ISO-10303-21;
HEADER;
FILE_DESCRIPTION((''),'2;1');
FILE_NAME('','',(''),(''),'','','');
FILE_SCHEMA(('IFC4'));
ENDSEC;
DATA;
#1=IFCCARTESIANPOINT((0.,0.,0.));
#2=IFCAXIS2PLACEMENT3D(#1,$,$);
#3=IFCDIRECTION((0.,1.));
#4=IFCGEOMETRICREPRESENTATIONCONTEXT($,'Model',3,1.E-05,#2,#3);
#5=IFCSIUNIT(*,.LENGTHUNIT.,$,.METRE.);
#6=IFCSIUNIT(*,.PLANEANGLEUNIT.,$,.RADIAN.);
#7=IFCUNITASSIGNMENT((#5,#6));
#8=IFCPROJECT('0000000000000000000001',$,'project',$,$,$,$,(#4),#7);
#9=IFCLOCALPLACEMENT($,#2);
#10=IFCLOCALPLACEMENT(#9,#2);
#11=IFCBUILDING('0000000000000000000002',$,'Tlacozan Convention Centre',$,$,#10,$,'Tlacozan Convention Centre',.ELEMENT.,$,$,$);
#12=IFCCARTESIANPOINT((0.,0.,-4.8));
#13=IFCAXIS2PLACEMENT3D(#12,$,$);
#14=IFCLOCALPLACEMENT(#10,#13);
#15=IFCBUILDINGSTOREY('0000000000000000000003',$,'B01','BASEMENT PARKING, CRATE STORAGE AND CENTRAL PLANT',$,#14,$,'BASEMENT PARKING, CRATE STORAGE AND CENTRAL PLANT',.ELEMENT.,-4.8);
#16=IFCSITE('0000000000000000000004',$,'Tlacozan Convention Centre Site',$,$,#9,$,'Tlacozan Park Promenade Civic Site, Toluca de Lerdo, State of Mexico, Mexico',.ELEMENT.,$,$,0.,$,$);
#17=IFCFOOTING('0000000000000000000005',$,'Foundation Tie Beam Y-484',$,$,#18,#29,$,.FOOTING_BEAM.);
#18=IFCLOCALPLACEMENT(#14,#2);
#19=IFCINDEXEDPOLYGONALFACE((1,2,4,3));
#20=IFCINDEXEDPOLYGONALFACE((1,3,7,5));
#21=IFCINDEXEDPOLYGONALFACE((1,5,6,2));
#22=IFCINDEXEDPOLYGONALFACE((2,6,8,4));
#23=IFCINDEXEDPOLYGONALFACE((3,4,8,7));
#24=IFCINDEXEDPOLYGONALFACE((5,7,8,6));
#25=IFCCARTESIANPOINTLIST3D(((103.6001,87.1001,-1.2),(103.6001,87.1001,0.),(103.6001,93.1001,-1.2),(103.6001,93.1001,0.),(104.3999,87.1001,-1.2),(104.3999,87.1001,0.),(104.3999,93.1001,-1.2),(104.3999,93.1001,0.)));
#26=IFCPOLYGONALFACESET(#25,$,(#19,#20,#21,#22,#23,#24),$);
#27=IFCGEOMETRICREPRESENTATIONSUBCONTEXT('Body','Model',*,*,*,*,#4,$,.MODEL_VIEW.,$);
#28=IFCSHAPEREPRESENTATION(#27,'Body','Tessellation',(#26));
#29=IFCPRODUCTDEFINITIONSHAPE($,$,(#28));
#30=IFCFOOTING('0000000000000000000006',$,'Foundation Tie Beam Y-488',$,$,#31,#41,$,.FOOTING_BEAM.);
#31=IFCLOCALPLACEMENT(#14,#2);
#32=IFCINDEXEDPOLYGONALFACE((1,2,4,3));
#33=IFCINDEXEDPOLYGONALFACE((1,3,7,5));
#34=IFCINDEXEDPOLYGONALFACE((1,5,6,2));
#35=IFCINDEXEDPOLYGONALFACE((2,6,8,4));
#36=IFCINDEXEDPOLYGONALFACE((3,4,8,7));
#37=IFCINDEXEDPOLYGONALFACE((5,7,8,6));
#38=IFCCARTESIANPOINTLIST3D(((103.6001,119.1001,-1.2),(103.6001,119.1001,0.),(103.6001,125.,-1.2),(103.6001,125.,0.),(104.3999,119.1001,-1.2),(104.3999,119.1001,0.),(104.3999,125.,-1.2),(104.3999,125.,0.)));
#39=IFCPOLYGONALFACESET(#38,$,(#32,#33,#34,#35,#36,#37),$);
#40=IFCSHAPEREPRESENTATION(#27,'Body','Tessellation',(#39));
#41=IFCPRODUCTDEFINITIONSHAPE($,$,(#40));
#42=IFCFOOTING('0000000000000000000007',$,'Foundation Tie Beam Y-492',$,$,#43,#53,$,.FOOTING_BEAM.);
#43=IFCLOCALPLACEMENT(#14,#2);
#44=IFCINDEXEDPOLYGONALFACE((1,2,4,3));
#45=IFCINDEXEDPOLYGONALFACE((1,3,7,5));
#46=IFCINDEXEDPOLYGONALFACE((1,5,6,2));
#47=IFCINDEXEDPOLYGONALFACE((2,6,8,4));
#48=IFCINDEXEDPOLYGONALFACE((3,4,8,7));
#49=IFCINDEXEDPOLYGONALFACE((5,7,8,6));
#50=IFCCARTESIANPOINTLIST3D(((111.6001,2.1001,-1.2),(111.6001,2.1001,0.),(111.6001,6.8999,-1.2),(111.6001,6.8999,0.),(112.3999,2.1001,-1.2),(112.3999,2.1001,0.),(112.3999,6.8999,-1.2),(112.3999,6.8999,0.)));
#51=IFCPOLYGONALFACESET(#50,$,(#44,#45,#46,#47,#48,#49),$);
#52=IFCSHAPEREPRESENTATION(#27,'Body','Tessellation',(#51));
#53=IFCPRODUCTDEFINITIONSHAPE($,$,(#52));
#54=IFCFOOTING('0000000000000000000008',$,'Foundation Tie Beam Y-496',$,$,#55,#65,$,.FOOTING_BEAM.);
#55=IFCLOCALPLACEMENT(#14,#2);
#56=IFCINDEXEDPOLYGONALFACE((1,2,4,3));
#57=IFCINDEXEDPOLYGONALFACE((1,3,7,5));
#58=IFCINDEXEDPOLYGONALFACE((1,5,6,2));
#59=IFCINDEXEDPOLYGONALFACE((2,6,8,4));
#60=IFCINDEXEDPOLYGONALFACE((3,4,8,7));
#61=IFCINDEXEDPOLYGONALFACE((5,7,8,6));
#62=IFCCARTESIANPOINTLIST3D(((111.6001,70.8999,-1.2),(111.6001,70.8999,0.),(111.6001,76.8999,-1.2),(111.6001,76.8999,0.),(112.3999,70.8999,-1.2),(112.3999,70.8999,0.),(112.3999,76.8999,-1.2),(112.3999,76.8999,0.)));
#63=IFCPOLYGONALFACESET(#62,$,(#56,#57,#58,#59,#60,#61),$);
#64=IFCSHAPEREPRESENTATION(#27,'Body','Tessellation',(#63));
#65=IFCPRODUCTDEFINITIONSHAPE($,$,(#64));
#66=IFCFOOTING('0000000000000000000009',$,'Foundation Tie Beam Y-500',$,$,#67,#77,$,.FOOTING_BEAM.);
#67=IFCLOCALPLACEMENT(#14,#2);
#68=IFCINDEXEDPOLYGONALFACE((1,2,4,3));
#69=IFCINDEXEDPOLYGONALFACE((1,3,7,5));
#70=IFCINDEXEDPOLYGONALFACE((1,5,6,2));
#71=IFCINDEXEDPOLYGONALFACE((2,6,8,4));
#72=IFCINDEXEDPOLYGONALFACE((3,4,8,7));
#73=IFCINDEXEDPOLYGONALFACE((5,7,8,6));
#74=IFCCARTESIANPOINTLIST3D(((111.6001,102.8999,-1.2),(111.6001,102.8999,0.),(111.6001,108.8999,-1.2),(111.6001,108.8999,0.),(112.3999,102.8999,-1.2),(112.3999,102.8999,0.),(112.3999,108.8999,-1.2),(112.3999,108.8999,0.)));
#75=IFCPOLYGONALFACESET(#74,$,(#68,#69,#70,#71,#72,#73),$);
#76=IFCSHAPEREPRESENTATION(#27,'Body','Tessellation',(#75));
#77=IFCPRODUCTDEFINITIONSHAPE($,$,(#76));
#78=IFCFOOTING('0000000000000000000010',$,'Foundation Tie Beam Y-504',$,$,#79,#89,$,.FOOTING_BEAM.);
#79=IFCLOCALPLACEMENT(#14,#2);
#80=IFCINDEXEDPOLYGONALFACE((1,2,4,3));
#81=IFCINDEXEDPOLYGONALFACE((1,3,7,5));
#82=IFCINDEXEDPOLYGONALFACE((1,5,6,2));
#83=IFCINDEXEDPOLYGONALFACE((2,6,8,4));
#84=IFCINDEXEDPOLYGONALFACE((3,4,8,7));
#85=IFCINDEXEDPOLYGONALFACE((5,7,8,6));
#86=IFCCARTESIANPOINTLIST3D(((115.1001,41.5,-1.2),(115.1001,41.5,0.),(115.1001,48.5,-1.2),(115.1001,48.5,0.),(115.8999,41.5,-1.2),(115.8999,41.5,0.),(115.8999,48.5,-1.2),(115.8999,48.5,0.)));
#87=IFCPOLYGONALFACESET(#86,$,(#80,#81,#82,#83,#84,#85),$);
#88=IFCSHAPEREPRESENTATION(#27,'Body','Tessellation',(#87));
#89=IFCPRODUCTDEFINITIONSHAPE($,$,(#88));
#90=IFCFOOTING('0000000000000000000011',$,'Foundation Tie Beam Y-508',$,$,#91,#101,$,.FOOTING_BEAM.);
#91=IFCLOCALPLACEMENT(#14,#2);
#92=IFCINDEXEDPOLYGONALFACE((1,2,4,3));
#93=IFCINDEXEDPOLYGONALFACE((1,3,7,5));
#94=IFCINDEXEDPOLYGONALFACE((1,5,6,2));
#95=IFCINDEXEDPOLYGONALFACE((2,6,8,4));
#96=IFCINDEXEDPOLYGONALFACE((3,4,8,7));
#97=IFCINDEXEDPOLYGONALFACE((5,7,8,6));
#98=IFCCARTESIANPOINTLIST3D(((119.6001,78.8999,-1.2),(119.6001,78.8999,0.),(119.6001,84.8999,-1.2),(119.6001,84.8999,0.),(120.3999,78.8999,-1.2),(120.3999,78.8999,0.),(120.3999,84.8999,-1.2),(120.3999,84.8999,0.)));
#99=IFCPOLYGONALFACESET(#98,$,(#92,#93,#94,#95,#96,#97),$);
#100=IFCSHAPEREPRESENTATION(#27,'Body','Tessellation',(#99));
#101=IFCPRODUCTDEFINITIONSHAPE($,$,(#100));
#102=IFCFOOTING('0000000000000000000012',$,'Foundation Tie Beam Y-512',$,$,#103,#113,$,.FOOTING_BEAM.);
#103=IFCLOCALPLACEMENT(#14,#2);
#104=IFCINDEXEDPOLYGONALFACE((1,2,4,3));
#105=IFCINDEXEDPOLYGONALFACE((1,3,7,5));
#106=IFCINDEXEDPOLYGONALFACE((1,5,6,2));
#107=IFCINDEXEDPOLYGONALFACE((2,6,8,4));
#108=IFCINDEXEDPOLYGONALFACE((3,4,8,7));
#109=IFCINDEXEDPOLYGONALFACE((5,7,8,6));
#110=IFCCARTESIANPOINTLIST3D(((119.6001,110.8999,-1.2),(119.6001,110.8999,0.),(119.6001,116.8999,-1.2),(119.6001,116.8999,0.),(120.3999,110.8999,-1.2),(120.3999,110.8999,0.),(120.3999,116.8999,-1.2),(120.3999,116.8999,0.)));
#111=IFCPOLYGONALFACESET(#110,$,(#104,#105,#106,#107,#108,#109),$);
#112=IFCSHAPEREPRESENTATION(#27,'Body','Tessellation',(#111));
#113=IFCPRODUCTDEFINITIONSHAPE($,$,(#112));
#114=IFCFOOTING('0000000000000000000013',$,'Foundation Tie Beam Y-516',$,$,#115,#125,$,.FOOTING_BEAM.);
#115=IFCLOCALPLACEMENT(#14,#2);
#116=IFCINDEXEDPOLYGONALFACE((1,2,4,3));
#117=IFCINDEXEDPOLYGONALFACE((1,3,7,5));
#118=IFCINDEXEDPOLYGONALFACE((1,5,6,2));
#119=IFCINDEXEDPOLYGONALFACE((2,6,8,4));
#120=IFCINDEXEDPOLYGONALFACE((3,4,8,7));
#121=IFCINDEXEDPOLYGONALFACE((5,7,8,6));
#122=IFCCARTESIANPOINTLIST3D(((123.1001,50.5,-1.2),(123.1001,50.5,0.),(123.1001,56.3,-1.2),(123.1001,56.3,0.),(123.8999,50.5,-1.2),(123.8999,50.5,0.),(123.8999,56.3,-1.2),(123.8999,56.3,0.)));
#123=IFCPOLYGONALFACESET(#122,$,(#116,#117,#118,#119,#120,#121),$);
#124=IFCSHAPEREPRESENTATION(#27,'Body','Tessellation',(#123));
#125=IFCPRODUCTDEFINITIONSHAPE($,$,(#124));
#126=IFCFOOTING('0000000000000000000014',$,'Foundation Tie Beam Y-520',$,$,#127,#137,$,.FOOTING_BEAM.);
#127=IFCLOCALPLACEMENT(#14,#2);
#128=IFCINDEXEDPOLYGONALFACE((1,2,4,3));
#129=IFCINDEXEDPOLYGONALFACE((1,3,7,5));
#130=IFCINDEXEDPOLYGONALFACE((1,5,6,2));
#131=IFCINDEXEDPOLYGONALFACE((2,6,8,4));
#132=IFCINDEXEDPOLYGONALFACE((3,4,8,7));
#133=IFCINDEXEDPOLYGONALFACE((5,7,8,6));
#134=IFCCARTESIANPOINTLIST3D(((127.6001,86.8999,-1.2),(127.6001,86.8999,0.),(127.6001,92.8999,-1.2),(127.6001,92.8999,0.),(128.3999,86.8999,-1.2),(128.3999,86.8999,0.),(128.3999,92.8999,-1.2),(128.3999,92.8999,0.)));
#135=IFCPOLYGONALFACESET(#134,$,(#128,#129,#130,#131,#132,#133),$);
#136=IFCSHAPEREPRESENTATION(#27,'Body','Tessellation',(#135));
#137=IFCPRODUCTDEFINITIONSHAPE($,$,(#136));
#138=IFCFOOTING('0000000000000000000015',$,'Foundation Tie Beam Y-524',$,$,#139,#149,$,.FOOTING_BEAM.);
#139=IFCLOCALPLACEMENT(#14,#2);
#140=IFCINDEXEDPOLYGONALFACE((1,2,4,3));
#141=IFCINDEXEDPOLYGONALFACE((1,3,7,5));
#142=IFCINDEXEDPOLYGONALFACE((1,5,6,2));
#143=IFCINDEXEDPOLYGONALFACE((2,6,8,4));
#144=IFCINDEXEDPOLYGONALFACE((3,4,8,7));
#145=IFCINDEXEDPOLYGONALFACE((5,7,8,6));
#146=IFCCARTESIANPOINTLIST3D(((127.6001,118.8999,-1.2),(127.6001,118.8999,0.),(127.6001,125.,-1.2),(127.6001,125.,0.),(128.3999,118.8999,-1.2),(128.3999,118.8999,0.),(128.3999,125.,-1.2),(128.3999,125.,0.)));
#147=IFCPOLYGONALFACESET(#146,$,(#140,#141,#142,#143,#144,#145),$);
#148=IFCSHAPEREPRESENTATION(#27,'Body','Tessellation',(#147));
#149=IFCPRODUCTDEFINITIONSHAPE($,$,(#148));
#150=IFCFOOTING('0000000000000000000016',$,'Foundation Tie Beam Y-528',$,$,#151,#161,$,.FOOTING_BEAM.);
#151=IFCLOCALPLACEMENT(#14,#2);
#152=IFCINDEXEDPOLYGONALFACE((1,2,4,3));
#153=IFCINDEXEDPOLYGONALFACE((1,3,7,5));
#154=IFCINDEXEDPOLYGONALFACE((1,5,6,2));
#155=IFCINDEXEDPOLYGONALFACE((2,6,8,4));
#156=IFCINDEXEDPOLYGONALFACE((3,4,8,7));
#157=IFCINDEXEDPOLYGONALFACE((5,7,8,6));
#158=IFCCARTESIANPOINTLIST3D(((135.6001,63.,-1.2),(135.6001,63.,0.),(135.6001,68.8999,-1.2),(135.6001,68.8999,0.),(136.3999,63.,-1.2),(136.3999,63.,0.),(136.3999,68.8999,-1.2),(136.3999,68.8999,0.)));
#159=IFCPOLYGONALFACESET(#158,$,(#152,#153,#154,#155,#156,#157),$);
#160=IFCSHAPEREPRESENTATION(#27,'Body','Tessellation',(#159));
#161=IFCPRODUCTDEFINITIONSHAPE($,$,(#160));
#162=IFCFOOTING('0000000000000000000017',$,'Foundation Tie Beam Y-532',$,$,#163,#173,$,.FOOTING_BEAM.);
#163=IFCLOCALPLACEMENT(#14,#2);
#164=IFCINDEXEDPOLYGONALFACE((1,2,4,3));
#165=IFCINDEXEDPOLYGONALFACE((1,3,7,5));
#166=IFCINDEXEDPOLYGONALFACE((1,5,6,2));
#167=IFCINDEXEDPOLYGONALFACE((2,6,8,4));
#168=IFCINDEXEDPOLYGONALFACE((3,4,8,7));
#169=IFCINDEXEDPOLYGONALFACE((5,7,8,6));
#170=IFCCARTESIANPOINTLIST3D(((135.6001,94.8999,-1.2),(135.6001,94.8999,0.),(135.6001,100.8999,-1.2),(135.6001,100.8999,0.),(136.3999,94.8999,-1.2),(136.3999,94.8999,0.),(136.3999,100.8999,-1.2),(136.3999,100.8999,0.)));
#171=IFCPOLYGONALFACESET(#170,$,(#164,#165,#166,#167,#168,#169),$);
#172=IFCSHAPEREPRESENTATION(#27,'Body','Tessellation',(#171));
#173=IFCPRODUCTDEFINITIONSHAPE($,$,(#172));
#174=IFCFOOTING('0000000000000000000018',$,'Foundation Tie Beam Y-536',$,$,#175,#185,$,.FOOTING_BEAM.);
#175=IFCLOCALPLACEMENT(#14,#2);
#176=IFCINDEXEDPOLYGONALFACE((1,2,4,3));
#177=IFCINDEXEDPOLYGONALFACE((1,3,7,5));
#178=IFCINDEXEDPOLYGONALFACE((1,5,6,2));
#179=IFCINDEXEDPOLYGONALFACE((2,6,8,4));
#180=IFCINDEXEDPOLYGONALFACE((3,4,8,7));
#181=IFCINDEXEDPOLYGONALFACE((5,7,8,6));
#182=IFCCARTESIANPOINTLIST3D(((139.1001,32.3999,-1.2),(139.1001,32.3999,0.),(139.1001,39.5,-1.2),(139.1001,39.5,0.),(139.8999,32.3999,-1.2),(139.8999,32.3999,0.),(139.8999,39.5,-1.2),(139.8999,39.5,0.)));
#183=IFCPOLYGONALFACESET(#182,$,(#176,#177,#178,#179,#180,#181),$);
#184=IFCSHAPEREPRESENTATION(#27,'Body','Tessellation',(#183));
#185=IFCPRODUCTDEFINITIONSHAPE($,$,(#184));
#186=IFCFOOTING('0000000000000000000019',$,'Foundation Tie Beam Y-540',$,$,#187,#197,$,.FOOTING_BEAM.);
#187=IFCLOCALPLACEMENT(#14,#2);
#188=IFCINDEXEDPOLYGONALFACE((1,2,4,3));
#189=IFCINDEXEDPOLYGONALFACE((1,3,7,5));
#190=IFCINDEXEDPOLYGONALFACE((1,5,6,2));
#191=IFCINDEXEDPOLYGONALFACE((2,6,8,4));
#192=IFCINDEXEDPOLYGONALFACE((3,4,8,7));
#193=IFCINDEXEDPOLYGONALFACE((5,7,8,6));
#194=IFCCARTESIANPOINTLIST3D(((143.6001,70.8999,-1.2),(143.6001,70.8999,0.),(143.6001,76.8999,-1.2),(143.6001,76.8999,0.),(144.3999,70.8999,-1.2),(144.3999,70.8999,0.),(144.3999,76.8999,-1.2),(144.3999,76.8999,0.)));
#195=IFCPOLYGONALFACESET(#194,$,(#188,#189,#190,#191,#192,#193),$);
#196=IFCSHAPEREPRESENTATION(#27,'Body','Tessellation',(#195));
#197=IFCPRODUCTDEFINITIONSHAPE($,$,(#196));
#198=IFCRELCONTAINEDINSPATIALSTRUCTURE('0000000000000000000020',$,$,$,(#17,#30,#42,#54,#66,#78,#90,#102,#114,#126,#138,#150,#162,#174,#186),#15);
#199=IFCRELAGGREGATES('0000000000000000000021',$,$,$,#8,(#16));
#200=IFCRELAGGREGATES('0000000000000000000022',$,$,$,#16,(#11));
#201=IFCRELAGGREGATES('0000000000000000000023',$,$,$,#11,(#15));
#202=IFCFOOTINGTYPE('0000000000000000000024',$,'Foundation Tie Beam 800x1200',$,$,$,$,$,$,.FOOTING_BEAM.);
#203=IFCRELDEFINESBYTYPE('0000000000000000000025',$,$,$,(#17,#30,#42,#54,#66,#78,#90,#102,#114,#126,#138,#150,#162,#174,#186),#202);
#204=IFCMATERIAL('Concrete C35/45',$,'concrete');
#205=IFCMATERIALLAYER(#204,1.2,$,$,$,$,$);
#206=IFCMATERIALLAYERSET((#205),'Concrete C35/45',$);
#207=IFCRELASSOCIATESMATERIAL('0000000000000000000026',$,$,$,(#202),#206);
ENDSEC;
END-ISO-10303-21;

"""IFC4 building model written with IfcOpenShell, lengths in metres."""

from ifc_helpers import new_model, si_unit, direction, frame, origin, place, context, subcontext, project, spatial, polyline, outline, extrude, material, layer, layer_set, type_object, element, save


model = new_model("IFC4")

# Units and contexts
model_context = context("Model", 3, precision=1e-05, world=origin(), true_north=direction((0.0, 1.0)))
body_context = subcontext(model_context, "Body", "Model", "MODEL_VIEW")
ifc_project = project(units=[si_unit("LENGTHUNIT", "METRE"), si_unit("PLANEANGLEUNIT", "RADIAN")], contexts=[model_context])

# Site, building, storey
site_placement = place(None, origin())
site = spatial("IfcSite", under=ifc_project, at=site_placement, Name="Tlacozan Convention Centre Site", LongName="Tlacozan Park Promenade Civic Site, Toluca de Lerdo, State of Mexico, Mexico", CompositionType="ELEMENT", RefElevation=0.0)
building_placement = place(site_placement, origin())
building = spatial("IfcBuilding", under=site, at=building_placement, Name="Tlacozan Convention Centre", LongName="Tlacozan Convention Centre", CompositionType="ELEMENT")
storey_placement = place(building_placement, frame((0.0, 0.0, -4.8)))
storey = spatial("IfcBuildingStorey", under=building, at=storey_placement, Name="B01", Description="BASEMENT PARKING, CRATE STORAGE AND CENTRAL PLANT", LongName="BASEMENT PARKING, CRATE STORAGE AND CENTRAL PLANT", CompositionType="ELEMENT", Elevation=-4.8)

# Footings
ifc_material = material(Name="Concrete C35/45", Category="concrete")
ifc_layer = layer(ifc_material, 1.2)
ifc_layer_set = layer_set([ifc_layer], Name="Concrete C35/45")
footing_type = type_object("IfcFootingType", Name="Foundation Tie Beam 800x1200", PredefinedType="FOOTING_BEAM", material=ifc_layer_set)
footing_1_placement = place(storey_placement, frame((0.0, 0.0, -1.2)))
element("IfcFooting", 1, at=footing_1_placement, inside=storey, type_object=footing_type, Name="Foundation Tie Beam Y-484", PredefinedType="FOOTING_BEAM", context=body_context, shape_type="SweptSolid", body=[
    extrude(outline(polyline([(103.6001, 87.1001), (104.3999, 87.1001), (104.3999, 93.1001), (103.6001, 93.1001), (103.6001, 87.1001)])), origin(), (0.0, 0.0, 1.0), 1.2),
])
footing_2_placement = place(storey_placement, frame((0.0, 0.0, -1.2)))
element("IfcFooting", 2, at=footing_2_placement, inside=storey, type_object=footing_type, Name="Foundation Tie Beam Y-488", PredefinedType="FOOTING_BEAM", context=body_context, shape_type="SweptSolid", body=[
    extrude(outline(polyline([(103.6001, 119.1001), (104.3999, 119.1001), (104.3999, 125.0), (103.6001, 125.0), (103.6001, 119.1001)])), origin(), (0.0, 0.0, 1.0), 1.2),
])
footing_3_placement = place(storey_placement, frame((0.0, 0.0, -1.2)))
element("IfcFooting", 3, at=footing_3_placement, inside=storey, type_object=footing_type, Name="Foundation Tie Beam Y-492", PredefinedType="FOOTING_BEAM", context=body_context, shape_type="SweptSolid", body=[
    extrude(outline(polyline([(111.6001, 2.1001), (112.3999, 2.1001), (112.3999, 6.8999), (111.6001, 6.8999), (111.6001, 2.1001)])), origin(), (0.0, 0.0, 1.0), 1.2),
])
footing_4_placement = place(storey_placement, frame((0.0, 0.0, -1.2)))
element("IfcFooting", 4, at=footing_4_placement, inside=storey, type_object=footing_type, Name="Foundation Tie Beam Y-496", PredefinedType="FOOTING_BEAM", context=body_context, shape_type="SweptSolid", body=[
    extrude(outline(polyline([(111.6001, 70.8999), (112.3999, 70.8999), (112.3999, 76.8999), (111.6001, 76.8999), (111.6001, 70.8999)])), origin(), (0.0, 0.0, 1.0), 1.2),
])
footing_5_placement = place(storey_placement, frame((0.0, 0.0, -1.2)))
element("IfcFooting", 5, at=footing_5_placement, inside=storey, type_object=footing_type, Name="Foundation Tie Beam Y-500", PredefinedType="FOOTING_BEAM", context=body_context, shape_type="SweptSolid", body=[
    extrude(outline(polyline([(111.6001, 102.8999), (112.3999, 102.8999), (112.3999, 108.8999), (111.6001, 108.8999), (111.6001, 102.8999)])), origin(), (0.0, 0.0, 1.0), 1.2),
])
footing_6_placement = place(storey_placement, frame((0.0, 0.0, -1.2)))
element("IfcFooting", 6, at=footing_6_placement, inside=storey, type_object=footing_type, Name="Foundation Tie Beam Y-504", PredefinedType="FOOTING_BEAM", context=body_context, shape_type="SweptSolid", body=[
    extrude(outline(polyline([(115.1001, 41.5), (115.8999, 41.5), (115.8999, 48.5), (115.1001, 48.5), (115.1001, 41.5)])), origin(), (0.0, 0.0, 1.0), 1.2),
])
footing_7_placement = place(storey_placement, frame((0.0, 0.0, -1.2)))
element("IfcFooting", 7, at=footing_7_placement, inside=storey, type_object=footing_type, Name="Foundation Tie Beam Y-508", PredefinedType="FOOTING_BEAM", context=body_context, shape_type="SweptSolid", body=[
    extrude(outline(polyline([(119.6001, 78.8999), (120.3999, 78.8999), (120.3999, 84.8999), (119.6001, 84.8999), (119.6001, 78.8999)])), origin(), (0.0, 0.0, 1.0), 1.2),
])
footing_8_placement = place(storey_placement, frame((0.0, 0.0, -1.2)))
element("IfcFooting", 8, at=footing_8_placement, inside=storey, type_object=footing_type, Name="Foundation Tie Beam Y-512", PredefinedType="FOOTING_BEAM", context=body_context, shape_type="SweptSolid", body=[
    extrude(outline(polyline([(119.6001, 110.8999), (120.3999, 110.8999), (120.3999, 116.8999), (119.6001, 116.8999), (119.6001, 110.8999)])), origin(), (0.0, 0.0, 1.0), 1.2),
])
footing_9_placement = place(storey_placement, frame((0.0, 0.0, -1.2)))
element("IfcFooting", 9, at=footing_9_placement, inside=storey, type_object=footing_type, Name="Foundation Tie Beam Y-516", PredefinedType="FOOTING_BEAM", context=body_context, shape_type="SweptSolid", body=[
    extrude(outline(polyline([(123.1001, 50.5), (123.8999, 50.5), (123.8999, 56.3), (123.1001, 56.3), (123.1001, 50.5)])), origin(), (0.0, 0.0, 1.0), 1.2),
])
footing_10_placement = place(storey_placement, frame((0.0, 0.0, -1.2)))
element("IfcFooting", 10, at=footing_10_placement, inside=storey, type_object=footing_type, Name="Foundation Tie Beam Y-520", PredefinedType="FOOTING_BEAM", context=body_context, shape_type="SweptSolid", body=[
    extrude(outline(polyline([(127.6001, 86.8999), (128.3999, 86.8999), (128.3999, 92.8999), (127.6001, 92.8999), (127.6001, 86.8999)])), origin(), (0.0, 0.0, 1.0), 1.2),
])
footing_11_placement = place(storey_placement, frame((0.0, 0.0, -1.2)))
element("IfcFooting", 11, at=footing_11_placement, inside=storey, type_object=footing_type, Name="Foundation Tie Beam Y-524", PredefinedType="FOOTING_BEAM", context=body_context, shape_type="SweptSolid", body=[
    extrude(outline(polyline([(127.6001, 118.8999), (128.3999, 118.8999), (128.3999, 125.0), (127.6001, 125.0), (127.6001, 118.8999)])), origin(), (0.0, 0.0, 1.0), 1.2),
])
footing_12_placement = place(storey_placement, frame((0.0, 0.0, -1.2)))
element("IfcFooting", 12, at=footing_12_placement, inside=storey, type_object=footing_type, Name="Foundation Tie Beam Y-528", PredefinedType="FOOTING_BEAM", context=body_context, shape_type="SweptSolid", body=[
    extrude(outline(polyline([(135.6001, 63.0), (136.3999, 63.0), (136.3999, 68.8999), (135.6001, 68.8999), (135.6001, 63.0)])), origin(), (0.0, 0.0, 1.0), 1.2),
])
footing_13_placement = place(storey_placement, frame((0.0, 0.0, -1.2)))
element("IfcFooting", 13, at=footing_13_placement, inside=storey, type_object=footing_type, Name="Foundation Tie Beam Y-532", PredefinedType="FOOTING_BEAM", context=body_context, shape_type="SweptSolid", body=[
    extrude(outline(polyline([(135.6001, 94.8999), (136.3999, 94.8999), (136.3999, 100.8999), (135.6001, 100.8999), (135.6001, 94.8999)])), origin(), (0.0, 0.0, 1.0), 1.2),
])
footing_14_placement = place(storey_placement, frame((0.0, 0.0, -1.2)))
element("IfcFooting", 14, at=footing_14_placement, inside=storey, type_object=footing_type, Name="Foundation Tie Beam Y-536", PredefinedType="FOOTING_BEAM", context=body_context, shape_type="SweptSolid", body=[
    extrude(outline(polyline([(139.1001, 32.3999), (139.8999, 32.3999), (139.8999, 39.5), (139.1001, 39.5), (139.1001, 32.3999)])), origin(), (0.0, 0.0, 1.0), 1.2),
])
footing_15_placement = place(storey_placement, frame((0.0, 0.0, -1.2)))
element("IfcFooting", 15, at=footing_15_placement, inside=storey, type_object=footing_type, Name="Foundation Tie Beam Y-540", PredefinedType="FOOTING_BEAM", context=body_context, shape_type="SweptSolid", body=[
    extrude(outline(polyline([(143.6001, 70.8999), (144.3999, 70.8999), (144.3999, 76.8999), (143.6001, 76.8999), (143.6001, 70.8999)])), origin(), (0.0, 0.0, 1.0), 1.2),
])

save(model, "model.ifc")
